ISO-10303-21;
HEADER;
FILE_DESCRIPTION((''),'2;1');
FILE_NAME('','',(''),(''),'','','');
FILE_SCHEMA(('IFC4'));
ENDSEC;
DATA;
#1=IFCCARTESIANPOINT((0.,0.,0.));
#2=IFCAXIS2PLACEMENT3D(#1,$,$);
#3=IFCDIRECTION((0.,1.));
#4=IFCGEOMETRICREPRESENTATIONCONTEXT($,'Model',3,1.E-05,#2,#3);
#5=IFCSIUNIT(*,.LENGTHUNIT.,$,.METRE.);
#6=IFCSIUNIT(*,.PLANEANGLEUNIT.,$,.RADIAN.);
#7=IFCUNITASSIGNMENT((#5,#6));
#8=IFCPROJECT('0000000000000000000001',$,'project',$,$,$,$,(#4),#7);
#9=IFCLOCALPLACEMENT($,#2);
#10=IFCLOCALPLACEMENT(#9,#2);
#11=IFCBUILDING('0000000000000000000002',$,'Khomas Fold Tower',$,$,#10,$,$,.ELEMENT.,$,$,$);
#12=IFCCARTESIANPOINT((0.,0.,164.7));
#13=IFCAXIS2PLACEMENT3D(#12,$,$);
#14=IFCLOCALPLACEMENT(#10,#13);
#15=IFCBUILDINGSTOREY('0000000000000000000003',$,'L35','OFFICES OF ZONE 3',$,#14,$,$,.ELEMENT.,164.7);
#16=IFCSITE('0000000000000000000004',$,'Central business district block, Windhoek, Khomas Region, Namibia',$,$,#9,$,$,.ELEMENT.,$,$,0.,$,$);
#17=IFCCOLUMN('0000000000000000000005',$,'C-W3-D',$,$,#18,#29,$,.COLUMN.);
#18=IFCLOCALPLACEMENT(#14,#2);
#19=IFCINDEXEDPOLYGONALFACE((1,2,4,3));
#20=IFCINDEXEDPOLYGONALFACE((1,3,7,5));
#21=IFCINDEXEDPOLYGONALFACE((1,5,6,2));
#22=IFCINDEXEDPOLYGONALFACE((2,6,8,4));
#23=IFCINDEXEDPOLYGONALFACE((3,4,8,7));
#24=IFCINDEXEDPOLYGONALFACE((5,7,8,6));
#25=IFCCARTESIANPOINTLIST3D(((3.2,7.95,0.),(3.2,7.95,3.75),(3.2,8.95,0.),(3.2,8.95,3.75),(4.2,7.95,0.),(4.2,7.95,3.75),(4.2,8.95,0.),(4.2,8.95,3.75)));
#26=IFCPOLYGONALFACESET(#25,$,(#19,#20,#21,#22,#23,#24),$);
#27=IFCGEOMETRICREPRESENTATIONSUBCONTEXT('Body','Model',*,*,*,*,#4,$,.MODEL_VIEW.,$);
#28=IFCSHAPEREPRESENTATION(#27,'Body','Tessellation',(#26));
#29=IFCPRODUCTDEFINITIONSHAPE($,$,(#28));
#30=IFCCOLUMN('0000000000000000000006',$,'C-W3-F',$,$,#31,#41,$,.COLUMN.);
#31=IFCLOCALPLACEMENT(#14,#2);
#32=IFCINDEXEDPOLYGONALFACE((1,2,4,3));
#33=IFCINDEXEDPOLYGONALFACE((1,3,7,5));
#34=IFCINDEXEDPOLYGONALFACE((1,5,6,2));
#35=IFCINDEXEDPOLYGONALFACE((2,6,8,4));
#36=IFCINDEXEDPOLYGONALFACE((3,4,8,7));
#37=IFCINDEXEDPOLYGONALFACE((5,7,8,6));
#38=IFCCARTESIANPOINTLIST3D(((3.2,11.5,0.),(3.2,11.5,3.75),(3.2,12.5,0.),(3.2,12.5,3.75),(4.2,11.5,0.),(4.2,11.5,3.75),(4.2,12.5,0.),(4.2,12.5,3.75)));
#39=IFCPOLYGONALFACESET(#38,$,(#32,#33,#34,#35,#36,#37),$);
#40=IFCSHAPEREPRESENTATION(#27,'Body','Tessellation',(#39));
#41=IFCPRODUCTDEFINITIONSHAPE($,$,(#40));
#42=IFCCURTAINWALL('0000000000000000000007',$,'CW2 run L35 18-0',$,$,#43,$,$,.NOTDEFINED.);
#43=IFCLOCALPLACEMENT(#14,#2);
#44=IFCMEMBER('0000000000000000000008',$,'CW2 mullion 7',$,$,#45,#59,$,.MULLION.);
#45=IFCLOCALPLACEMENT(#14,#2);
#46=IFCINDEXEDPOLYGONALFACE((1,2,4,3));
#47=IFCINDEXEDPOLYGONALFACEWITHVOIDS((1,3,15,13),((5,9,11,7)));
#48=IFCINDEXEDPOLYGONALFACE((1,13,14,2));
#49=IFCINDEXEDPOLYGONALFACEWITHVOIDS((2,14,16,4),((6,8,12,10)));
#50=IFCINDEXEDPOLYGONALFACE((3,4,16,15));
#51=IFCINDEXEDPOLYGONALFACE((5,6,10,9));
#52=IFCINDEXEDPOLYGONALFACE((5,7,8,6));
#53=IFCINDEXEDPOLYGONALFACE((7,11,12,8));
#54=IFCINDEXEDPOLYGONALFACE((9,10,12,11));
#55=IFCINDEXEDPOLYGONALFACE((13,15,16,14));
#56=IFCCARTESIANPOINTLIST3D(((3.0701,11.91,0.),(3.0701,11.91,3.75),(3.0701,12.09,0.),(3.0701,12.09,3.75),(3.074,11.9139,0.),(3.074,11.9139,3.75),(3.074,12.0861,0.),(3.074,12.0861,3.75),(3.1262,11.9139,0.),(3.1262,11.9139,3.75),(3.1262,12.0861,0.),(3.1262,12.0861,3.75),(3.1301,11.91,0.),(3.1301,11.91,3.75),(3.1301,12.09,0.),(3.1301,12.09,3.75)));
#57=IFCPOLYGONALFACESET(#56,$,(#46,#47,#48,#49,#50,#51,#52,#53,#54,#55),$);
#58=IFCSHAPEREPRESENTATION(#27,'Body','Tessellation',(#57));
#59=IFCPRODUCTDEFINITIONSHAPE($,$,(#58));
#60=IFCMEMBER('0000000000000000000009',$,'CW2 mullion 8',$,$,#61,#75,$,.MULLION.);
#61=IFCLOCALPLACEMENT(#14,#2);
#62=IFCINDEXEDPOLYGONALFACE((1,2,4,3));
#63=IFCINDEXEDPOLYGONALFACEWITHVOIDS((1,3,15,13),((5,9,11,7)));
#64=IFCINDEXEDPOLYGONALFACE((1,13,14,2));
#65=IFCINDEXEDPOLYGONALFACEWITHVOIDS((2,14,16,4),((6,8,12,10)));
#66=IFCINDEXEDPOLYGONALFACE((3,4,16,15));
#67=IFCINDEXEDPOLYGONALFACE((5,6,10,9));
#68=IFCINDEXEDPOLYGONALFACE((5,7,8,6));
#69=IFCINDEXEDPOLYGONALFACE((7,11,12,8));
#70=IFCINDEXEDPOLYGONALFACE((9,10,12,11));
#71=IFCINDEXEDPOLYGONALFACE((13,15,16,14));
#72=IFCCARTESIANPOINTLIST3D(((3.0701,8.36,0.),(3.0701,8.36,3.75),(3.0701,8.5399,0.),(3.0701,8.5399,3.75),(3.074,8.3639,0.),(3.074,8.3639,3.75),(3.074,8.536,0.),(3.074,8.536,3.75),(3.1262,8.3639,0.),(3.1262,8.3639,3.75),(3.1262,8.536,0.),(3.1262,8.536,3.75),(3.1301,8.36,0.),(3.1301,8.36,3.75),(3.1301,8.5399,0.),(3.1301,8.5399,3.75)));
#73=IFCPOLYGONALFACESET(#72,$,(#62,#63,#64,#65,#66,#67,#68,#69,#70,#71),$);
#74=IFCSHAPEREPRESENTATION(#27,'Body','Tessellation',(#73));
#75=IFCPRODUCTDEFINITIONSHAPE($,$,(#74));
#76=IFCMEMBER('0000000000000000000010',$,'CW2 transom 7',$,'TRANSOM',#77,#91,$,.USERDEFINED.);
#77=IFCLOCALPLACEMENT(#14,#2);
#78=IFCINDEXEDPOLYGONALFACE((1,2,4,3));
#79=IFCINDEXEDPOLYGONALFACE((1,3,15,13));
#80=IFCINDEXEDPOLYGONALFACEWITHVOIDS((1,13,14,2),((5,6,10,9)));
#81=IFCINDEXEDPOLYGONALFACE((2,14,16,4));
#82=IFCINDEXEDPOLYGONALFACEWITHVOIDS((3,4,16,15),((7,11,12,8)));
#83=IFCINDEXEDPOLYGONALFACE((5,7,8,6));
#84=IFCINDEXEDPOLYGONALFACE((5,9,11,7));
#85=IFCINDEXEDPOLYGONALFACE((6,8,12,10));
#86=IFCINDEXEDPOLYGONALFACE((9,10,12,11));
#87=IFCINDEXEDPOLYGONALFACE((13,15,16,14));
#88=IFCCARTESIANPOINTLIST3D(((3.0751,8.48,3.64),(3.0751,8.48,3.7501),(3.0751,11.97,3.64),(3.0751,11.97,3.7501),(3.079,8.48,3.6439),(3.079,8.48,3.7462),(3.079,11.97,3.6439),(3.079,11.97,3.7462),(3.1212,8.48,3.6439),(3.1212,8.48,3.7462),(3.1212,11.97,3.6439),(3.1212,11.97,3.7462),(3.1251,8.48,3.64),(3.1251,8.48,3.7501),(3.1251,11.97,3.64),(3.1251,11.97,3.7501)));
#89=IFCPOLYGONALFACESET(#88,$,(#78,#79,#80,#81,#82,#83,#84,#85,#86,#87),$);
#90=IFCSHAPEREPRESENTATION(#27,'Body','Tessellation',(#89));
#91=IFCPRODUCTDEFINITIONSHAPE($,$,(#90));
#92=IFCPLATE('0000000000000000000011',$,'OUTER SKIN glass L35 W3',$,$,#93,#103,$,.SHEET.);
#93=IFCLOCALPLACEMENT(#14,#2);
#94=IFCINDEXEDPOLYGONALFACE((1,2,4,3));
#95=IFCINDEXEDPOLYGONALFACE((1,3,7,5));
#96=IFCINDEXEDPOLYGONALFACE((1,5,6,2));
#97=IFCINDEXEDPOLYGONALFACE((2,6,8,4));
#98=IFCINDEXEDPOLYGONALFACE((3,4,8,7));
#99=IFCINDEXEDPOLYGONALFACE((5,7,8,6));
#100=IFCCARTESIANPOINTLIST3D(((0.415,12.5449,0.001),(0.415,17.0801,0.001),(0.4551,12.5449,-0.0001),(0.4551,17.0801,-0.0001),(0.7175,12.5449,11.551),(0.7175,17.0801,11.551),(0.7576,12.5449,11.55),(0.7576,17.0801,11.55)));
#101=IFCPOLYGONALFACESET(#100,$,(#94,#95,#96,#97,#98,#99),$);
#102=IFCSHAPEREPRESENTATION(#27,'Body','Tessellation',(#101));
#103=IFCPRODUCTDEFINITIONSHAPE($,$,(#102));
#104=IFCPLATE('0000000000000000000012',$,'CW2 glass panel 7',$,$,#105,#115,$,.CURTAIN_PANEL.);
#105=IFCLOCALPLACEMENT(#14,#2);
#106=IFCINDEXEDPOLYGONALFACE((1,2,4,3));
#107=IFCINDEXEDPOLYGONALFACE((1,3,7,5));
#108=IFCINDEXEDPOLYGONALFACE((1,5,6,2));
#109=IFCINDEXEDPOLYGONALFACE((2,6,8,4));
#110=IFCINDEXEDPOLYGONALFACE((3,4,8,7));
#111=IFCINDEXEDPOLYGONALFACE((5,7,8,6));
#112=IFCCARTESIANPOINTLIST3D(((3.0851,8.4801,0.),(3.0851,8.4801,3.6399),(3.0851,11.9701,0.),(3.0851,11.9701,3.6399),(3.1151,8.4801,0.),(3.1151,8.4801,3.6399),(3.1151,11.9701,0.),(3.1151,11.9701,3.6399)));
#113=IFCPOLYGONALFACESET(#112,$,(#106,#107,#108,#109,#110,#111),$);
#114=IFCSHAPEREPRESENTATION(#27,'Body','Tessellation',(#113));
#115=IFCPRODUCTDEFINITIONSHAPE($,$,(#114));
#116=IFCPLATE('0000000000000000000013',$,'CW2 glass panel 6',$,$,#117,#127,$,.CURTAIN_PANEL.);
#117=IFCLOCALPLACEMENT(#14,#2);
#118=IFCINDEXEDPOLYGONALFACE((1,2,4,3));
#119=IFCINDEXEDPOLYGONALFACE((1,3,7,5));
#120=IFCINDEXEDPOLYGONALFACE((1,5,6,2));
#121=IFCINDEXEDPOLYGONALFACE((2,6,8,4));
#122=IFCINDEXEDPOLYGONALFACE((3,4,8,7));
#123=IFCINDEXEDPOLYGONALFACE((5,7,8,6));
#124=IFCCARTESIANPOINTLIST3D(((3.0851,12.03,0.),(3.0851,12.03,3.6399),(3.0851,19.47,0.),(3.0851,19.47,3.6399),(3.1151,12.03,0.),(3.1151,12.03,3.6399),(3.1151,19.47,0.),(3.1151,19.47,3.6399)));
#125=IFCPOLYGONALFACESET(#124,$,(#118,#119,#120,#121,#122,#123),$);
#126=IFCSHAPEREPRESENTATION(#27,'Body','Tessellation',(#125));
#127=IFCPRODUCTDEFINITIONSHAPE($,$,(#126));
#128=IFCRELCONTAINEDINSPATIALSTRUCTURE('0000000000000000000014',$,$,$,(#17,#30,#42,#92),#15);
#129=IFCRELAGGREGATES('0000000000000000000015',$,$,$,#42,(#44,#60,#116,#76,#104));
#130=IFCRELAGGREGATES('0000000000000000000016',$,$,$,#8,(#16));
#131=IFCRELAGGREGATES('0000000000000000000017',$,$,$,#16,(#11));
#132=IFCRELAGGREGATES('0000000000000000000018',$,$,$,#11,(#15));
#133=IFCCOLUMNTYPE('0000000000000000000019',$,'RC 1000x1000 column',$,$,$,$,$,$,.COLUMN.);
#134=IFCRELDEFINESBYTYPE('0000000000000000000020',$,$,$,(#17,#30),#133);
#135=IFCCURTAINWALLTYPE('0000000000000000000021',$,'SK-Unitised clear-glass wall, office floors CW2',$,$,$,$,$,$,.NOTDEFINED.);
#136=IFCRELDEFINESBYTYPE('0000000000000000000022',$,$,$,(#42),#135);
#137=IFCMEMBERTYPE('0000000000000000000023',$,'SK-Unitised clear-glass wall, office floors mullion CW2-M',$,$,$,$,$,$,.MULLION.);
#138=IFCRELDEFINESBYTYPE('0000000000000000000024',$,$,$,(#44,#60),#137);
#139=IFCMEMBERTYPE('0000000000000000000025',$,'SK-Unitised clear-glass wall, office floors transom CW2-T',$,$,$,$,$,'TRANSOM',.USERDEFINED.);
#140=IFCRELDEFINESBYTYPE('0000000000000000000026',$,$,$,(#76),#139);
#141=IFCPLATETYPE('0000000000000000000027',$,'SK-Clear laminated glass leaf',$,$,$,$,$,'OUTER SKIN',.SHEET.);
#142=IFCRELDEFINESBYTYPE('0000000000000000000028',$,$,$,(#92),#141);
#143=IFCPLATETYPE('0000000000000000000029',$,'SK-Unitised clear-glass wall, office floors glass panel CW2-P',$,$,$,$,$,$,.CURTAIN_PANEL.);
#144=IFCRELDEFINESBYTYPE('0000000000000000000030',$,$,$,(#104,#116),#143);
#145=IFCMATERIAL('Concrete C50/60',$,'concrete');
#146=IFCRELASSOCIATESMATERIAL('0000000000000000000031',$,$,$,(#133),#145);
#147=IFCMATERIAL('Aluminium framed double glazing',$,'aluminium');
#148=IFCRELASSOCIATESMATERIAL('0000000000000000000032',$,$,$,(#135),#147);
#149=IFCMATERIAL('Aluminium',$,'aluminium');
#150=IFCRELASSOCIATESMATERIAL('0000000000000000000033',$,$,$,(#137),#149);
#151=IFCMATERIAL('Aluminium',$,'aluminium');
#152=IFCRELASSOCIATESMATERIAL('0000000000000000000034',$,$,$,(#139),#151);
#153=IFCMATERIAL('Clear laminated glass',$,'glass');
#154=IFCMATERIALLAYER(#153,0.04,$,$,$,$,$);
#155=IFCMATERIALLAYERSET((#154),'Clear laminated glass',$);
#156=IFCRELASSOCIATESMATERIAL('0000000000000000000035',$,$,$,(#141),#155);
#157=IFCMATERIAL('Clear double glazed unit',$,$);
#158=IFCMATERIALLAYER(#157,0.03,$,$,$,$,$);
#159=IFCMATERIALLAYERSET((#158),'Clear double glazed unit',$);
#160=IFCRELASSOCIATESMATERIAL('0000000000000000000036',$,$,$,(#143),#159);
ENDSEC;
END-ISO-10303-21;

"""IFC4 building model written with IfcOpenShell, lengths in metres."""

from ifc_helpers import new_model, si_unit, direction, frame, origin, origin_2d, place, context, subcontext, project, spatial, polyline, rectangle, hollow_rectangle, outline, extrude, source, transform, mapped, material, layer, layer_set, material_profile, profile_set, type_object, element, aggregate, save


model = new_model("IFC4")

# Units and contexts
model_context = context("Model", 3, precision=1e-05, world=origin(), true_north=direction((0.0, 1.0)))
body_context = subcontext(model_context, "Body", "Model", "MODEL_VIEW")
ifc_project = project(units=[si_unit("LENGTHUNIT", "METRE"), si_unit("PLANEANGLEUNIT", "RADIAN")], contexts=[model_context])

# Site, building, storey
site_placement = place(None, origin())
site = spatial("IfcSite", under=ifc_project, at=site_placement, Name="Central business district block, Windhoek, Khomas Region, Namibia", CompositionType="ELEMENT", RefElevation=0.0)
building_placement = place(site_placement, origin())
building = spatial("IfcBuilding", under=site, at=building_placement, Name="Khomas Fold Tower", CompositionType="ELEMENT")
storey_placement = place(building_placement, frame((0.0, 0.0, 164.7)))
storey = spatial("IfcBuildingStorey", under=building, at=storey_placement, Name="L35", Description="OFFICES OF ZONE 3", CompositionType="ELEMENT", Elevation=164.7)

# Columns
ifc_material_1 = material(Name="Concrete C50/60", Category="concrete")
ifc_material_profile_1 = material_profile(ifc_material_1, rectangle(XDim=1.0, YDim=1.0, at=origin_2d()), Name="RC 1000x1000")
ifc_profile_set_1 = profile_set([ifc_material_profile_1], Name="Concrete C50/60")
column_type = type_object("IfcColumnType", Name="RC 1000x1000 column", PredefinedType="COLUMN", material=ifc_profile_set_1)
shared_shape_1 = source(origin(), body_context, "Body", "SweptSolid", [
    extrude(rectangle(XDim=1.0, YDim=1.0, at=origin_2d()), origin(), (0.0, 0.0, 1.0), 3.75),
])
for number, where, z_axis, x_axis, name in (
    (1, (3.7, 8.45, 0.0), (0.0, 0.0, 1.0), (1.0, 0.0, 0.0), "C-W3-D"),
    (2, (3.7, 12.0, 0.0), (0.0, 0.0, 1.0), (1.0, 0.0, 0.0), "C-W3-F"),
):
    element("IfcColumn", number, at=place(storey_placement, frame(where, z_axis=z_axis, x_axis=x_axis)), inside=storey, type_object=column_type, Name=name, PredefinedType="COLUMN", context=body_context, shape_type="MappedRepresentation", body=[
        mapped(shared_shape_1, transform((0.0, 0.0, 0.0))),
    ])

# Curtain wall, members
ifc_material_2 = material(Name="Aluminium framed double glazing", Category="aluminium")
curtain_wall_type = type_object("IfcCurtainWallType", Name="SK-Unitised clear-glass wall, office floors CW2", PredefinedType="NOTDEFINED", material=ifc_material_2)
curtain_wall_placement = place(storey_placement, origin())
curtain_wall = element("IfcCurtainWall", 3, at=curtain_wall_placement, inside=storey, type_object=curtain_wall_type, Name="CW2 run L35 18-0", PredefinedType="NOTDEFINED")
ifc_material_3 = material(Name="Aluminium", Category="aluminium")
ifc_material_profile_2 = material_profile(ifc_material_3, hollow_rectangle(XDim=0.0601, YDim=0.1799, WallThickness=0.0039, at=origin_2d()), Name="SK-Unitised clear-glass wall, office floors mullion CW2-M")
ifc_profile_set_2 = profile_set([ifc_material_profile_2], Name="Aluminium")
member_type_1 = type_object("IfcMemberType", Name="SK-Unitised clear-glass wall, office floors mullion CW2-M", PredefinedType="MULLION", material=ifc_profile_set_2)
shared_shape_2 = source(origin(), body_context, "Body", "SweptSolid", [
    extrude(hollow_rectangle(XDim=0.0601, YDim=0.1799, WallThickness=0.0039, at=origin_2d()), origin(), (0.0, 0.0, 1.0), 3.75),
])
member_1_placement = place(storey_placement, frame((3.1001, 12.0, 0.0), z_axis=(0.0, 0.0, 1.0), x_axis=(1.0, 0.0, 0.0)))
member_1 = element("IfcMember", 4, at=member_1_placement, type_object=member_type_1, Name="CW2 mullion 7", PredefinedType="MULLION", context=body_context, shape_type="MappedRepresentation", body=[
    mapped(shared_shape_2, transform((0.0, 0.0, 0.0))),
])
member_2_placement = place(storey_placement, frame((3.1001, 8.45, 0.0), z_axis=(0.0, 0.0, 1.0), x_axis=(1.0, 0.0, 0.0)))
member_2 = element("IfcMember", 5, at=member_2_placement, type_object=member_type_1, Name="CW2 mullion 8", PredefinedType="MULLION", context=body_context, shape_type="MappedRepresentation", body=[
    mapped(shared_shape_2, transform((0.0, 0.0, 0.0))),
])
ifc_material_4 = material(Name="Aluminium", Category="aluminium")
ifc_material_profile_3 = material_profile(ifc_material_4, hollow_rectangle(XDim=0.05, YDim=0.1101, WallThickness=0.0039, at=origin_2d()), Name="SK-Unitised clear-glass wall, office floors transom CW2-T")
ifc_profile_set_3 = profile_set([ifc_material_profile_3], Name="Aluminium")
member_type_2 = type_object("IfcMemberType", Name="SK-Unitised clear-glass wall, office floors transom CW2-T", ElementType="TRANSOM", PredefinedType="USERDEFINED", material=ifc_profile_set_3)
shared_shape_3 = source(origin(), body_context, "Body", "SweptSolid", [
    extrude(hollow_rectangle(XDim=0.05, YDim=0.1101, WallThickness=0.0039, at=origin_2d()), origin(), (0.0, 0.0, 1.0), 3.49),
])
member_3_placement = place(storey_placement, frame((3.1001, 11.97, 3.6951), z_axis=(0.0, -1.0, 0.0), x_axis=(1.0, 0.0, 0.0)))
member_3 = element("IfcMember", 6, at=member_3_placement, type_object=member_type_2, Name="CW2 transom 7", ObjectType="TRANSOM", PredefinedType="USERDEFINED", context=body_context, shape_type="MappedRepresentation", body=[
    mapped(shared_shape_3, transform((0.0, 0.0, 0.0))),
])

# Plates
ifc_material_5 = material(Name="Clear laminated glass", Category="glass")
ifc_layer_1 = layer(ifc_material_5, 0.04)
ifc_layer_set_1 = layer_set([ifc_layer_1], Name="Clear laminated glass")
plate_type_1 = type_object("IfcPlateType", Name="SK-Clear laminated glass leaf", ElementType="OUTER SKIN", PredefinedType="SHEET", material=ifc_layer_set_1)
plate_1_placement = place(storey_placement, frame((0.415, 12.5449, 0.001), z_axis=(-0.999657, 0.0, 0.026181), x_axis=(0.0, 1.0, 0.0)))
element("IfcPlate", 7, at=plate_1_placement, inside=storey, type_object=plate_type_1, Name="OUTER SKIN glass L35 W3", PredefinedType="SHEET", context=body_context, shape_type="SweptSolid", body=[
    extrude(outline(polyline([(0.0, 0.0), (4.5352, 0.0), (4.5352, -11.554), (0.0, -11.554), (0.0, 0.0)])), origin(), (0.0, 0.0, -1.0), 0.04),
])
ifc_material_6 = material(Name="Clear double glazed unit")
ifc_layer_2 = layer(ifc_material_6, 0.03)
ifc_layer_set_2 = layer_set([ifc_layer_2], Name="Clear double glazed unit")
plate_type_2 = type_object("IfcPlateType", Name="SK-Unitised clear-glass wall, office floors glass panel CW2-P", PredefinedType="CURTAIN_PANEL", material=ifc_layer_set_2)
shared_shape_4 = source(origin(), body_context, "Body", "SweptSolid", [
    extrude(rectangle(XDim=3.49, YDim=0.03, at=origin_2d()), origin(), (0.0, 0.0, 1.0), 3.6399),
])
plate_2_placement = place(storey_placement, frame((3.1001, 10.2251, 0.0), z_axis=(0.0, 0.0, 1.0), x_axis=(0.0, -1.0, 0.0)))
plate_2 = element("IfcPlate", 8, at=plate_2_placement, type_object=plate_type_2, Name="CW2 glass panel 7", PredefinedType="CURTAIN_PANEL", context=body_context, shape_type="MappedRepresentation", body=[
    mapped(shared_shape_4, transform((0.0, 0.0, 0.0))),
])
shared_shape_5 = source(origin(), body_context, "Body", "SweptSolid", [
    extrude(rectangle(XDim=7.4399, YDim=0.03, at=origin_2d()), origin(), (0.0, 0.0, 1.0), 3.6399),
])
plate_3_placement = place(storey_placement, frame((3.1001, 15.75, 0.0), z_axis=(0.0, 0.0, 1.0), x_axis=(0.0, -1.0, 0.0)))
plate_3 = element("IfcPlate", 9, at=plate_3_placement, type_object=plate_type_2, Name="CW2 glass panel 6", PredefinedType="CURTAIN_PANEL", context=body_context, shape_type="MappedRepresentation", body=[
    mapped(shared_shape_5, transform((0.0, 0.0, 0.0))),
])
aggregate(curtain_wall, [member_1, member_2, plate_3, member_3, plate_2])

save(model, "model.ifc")
